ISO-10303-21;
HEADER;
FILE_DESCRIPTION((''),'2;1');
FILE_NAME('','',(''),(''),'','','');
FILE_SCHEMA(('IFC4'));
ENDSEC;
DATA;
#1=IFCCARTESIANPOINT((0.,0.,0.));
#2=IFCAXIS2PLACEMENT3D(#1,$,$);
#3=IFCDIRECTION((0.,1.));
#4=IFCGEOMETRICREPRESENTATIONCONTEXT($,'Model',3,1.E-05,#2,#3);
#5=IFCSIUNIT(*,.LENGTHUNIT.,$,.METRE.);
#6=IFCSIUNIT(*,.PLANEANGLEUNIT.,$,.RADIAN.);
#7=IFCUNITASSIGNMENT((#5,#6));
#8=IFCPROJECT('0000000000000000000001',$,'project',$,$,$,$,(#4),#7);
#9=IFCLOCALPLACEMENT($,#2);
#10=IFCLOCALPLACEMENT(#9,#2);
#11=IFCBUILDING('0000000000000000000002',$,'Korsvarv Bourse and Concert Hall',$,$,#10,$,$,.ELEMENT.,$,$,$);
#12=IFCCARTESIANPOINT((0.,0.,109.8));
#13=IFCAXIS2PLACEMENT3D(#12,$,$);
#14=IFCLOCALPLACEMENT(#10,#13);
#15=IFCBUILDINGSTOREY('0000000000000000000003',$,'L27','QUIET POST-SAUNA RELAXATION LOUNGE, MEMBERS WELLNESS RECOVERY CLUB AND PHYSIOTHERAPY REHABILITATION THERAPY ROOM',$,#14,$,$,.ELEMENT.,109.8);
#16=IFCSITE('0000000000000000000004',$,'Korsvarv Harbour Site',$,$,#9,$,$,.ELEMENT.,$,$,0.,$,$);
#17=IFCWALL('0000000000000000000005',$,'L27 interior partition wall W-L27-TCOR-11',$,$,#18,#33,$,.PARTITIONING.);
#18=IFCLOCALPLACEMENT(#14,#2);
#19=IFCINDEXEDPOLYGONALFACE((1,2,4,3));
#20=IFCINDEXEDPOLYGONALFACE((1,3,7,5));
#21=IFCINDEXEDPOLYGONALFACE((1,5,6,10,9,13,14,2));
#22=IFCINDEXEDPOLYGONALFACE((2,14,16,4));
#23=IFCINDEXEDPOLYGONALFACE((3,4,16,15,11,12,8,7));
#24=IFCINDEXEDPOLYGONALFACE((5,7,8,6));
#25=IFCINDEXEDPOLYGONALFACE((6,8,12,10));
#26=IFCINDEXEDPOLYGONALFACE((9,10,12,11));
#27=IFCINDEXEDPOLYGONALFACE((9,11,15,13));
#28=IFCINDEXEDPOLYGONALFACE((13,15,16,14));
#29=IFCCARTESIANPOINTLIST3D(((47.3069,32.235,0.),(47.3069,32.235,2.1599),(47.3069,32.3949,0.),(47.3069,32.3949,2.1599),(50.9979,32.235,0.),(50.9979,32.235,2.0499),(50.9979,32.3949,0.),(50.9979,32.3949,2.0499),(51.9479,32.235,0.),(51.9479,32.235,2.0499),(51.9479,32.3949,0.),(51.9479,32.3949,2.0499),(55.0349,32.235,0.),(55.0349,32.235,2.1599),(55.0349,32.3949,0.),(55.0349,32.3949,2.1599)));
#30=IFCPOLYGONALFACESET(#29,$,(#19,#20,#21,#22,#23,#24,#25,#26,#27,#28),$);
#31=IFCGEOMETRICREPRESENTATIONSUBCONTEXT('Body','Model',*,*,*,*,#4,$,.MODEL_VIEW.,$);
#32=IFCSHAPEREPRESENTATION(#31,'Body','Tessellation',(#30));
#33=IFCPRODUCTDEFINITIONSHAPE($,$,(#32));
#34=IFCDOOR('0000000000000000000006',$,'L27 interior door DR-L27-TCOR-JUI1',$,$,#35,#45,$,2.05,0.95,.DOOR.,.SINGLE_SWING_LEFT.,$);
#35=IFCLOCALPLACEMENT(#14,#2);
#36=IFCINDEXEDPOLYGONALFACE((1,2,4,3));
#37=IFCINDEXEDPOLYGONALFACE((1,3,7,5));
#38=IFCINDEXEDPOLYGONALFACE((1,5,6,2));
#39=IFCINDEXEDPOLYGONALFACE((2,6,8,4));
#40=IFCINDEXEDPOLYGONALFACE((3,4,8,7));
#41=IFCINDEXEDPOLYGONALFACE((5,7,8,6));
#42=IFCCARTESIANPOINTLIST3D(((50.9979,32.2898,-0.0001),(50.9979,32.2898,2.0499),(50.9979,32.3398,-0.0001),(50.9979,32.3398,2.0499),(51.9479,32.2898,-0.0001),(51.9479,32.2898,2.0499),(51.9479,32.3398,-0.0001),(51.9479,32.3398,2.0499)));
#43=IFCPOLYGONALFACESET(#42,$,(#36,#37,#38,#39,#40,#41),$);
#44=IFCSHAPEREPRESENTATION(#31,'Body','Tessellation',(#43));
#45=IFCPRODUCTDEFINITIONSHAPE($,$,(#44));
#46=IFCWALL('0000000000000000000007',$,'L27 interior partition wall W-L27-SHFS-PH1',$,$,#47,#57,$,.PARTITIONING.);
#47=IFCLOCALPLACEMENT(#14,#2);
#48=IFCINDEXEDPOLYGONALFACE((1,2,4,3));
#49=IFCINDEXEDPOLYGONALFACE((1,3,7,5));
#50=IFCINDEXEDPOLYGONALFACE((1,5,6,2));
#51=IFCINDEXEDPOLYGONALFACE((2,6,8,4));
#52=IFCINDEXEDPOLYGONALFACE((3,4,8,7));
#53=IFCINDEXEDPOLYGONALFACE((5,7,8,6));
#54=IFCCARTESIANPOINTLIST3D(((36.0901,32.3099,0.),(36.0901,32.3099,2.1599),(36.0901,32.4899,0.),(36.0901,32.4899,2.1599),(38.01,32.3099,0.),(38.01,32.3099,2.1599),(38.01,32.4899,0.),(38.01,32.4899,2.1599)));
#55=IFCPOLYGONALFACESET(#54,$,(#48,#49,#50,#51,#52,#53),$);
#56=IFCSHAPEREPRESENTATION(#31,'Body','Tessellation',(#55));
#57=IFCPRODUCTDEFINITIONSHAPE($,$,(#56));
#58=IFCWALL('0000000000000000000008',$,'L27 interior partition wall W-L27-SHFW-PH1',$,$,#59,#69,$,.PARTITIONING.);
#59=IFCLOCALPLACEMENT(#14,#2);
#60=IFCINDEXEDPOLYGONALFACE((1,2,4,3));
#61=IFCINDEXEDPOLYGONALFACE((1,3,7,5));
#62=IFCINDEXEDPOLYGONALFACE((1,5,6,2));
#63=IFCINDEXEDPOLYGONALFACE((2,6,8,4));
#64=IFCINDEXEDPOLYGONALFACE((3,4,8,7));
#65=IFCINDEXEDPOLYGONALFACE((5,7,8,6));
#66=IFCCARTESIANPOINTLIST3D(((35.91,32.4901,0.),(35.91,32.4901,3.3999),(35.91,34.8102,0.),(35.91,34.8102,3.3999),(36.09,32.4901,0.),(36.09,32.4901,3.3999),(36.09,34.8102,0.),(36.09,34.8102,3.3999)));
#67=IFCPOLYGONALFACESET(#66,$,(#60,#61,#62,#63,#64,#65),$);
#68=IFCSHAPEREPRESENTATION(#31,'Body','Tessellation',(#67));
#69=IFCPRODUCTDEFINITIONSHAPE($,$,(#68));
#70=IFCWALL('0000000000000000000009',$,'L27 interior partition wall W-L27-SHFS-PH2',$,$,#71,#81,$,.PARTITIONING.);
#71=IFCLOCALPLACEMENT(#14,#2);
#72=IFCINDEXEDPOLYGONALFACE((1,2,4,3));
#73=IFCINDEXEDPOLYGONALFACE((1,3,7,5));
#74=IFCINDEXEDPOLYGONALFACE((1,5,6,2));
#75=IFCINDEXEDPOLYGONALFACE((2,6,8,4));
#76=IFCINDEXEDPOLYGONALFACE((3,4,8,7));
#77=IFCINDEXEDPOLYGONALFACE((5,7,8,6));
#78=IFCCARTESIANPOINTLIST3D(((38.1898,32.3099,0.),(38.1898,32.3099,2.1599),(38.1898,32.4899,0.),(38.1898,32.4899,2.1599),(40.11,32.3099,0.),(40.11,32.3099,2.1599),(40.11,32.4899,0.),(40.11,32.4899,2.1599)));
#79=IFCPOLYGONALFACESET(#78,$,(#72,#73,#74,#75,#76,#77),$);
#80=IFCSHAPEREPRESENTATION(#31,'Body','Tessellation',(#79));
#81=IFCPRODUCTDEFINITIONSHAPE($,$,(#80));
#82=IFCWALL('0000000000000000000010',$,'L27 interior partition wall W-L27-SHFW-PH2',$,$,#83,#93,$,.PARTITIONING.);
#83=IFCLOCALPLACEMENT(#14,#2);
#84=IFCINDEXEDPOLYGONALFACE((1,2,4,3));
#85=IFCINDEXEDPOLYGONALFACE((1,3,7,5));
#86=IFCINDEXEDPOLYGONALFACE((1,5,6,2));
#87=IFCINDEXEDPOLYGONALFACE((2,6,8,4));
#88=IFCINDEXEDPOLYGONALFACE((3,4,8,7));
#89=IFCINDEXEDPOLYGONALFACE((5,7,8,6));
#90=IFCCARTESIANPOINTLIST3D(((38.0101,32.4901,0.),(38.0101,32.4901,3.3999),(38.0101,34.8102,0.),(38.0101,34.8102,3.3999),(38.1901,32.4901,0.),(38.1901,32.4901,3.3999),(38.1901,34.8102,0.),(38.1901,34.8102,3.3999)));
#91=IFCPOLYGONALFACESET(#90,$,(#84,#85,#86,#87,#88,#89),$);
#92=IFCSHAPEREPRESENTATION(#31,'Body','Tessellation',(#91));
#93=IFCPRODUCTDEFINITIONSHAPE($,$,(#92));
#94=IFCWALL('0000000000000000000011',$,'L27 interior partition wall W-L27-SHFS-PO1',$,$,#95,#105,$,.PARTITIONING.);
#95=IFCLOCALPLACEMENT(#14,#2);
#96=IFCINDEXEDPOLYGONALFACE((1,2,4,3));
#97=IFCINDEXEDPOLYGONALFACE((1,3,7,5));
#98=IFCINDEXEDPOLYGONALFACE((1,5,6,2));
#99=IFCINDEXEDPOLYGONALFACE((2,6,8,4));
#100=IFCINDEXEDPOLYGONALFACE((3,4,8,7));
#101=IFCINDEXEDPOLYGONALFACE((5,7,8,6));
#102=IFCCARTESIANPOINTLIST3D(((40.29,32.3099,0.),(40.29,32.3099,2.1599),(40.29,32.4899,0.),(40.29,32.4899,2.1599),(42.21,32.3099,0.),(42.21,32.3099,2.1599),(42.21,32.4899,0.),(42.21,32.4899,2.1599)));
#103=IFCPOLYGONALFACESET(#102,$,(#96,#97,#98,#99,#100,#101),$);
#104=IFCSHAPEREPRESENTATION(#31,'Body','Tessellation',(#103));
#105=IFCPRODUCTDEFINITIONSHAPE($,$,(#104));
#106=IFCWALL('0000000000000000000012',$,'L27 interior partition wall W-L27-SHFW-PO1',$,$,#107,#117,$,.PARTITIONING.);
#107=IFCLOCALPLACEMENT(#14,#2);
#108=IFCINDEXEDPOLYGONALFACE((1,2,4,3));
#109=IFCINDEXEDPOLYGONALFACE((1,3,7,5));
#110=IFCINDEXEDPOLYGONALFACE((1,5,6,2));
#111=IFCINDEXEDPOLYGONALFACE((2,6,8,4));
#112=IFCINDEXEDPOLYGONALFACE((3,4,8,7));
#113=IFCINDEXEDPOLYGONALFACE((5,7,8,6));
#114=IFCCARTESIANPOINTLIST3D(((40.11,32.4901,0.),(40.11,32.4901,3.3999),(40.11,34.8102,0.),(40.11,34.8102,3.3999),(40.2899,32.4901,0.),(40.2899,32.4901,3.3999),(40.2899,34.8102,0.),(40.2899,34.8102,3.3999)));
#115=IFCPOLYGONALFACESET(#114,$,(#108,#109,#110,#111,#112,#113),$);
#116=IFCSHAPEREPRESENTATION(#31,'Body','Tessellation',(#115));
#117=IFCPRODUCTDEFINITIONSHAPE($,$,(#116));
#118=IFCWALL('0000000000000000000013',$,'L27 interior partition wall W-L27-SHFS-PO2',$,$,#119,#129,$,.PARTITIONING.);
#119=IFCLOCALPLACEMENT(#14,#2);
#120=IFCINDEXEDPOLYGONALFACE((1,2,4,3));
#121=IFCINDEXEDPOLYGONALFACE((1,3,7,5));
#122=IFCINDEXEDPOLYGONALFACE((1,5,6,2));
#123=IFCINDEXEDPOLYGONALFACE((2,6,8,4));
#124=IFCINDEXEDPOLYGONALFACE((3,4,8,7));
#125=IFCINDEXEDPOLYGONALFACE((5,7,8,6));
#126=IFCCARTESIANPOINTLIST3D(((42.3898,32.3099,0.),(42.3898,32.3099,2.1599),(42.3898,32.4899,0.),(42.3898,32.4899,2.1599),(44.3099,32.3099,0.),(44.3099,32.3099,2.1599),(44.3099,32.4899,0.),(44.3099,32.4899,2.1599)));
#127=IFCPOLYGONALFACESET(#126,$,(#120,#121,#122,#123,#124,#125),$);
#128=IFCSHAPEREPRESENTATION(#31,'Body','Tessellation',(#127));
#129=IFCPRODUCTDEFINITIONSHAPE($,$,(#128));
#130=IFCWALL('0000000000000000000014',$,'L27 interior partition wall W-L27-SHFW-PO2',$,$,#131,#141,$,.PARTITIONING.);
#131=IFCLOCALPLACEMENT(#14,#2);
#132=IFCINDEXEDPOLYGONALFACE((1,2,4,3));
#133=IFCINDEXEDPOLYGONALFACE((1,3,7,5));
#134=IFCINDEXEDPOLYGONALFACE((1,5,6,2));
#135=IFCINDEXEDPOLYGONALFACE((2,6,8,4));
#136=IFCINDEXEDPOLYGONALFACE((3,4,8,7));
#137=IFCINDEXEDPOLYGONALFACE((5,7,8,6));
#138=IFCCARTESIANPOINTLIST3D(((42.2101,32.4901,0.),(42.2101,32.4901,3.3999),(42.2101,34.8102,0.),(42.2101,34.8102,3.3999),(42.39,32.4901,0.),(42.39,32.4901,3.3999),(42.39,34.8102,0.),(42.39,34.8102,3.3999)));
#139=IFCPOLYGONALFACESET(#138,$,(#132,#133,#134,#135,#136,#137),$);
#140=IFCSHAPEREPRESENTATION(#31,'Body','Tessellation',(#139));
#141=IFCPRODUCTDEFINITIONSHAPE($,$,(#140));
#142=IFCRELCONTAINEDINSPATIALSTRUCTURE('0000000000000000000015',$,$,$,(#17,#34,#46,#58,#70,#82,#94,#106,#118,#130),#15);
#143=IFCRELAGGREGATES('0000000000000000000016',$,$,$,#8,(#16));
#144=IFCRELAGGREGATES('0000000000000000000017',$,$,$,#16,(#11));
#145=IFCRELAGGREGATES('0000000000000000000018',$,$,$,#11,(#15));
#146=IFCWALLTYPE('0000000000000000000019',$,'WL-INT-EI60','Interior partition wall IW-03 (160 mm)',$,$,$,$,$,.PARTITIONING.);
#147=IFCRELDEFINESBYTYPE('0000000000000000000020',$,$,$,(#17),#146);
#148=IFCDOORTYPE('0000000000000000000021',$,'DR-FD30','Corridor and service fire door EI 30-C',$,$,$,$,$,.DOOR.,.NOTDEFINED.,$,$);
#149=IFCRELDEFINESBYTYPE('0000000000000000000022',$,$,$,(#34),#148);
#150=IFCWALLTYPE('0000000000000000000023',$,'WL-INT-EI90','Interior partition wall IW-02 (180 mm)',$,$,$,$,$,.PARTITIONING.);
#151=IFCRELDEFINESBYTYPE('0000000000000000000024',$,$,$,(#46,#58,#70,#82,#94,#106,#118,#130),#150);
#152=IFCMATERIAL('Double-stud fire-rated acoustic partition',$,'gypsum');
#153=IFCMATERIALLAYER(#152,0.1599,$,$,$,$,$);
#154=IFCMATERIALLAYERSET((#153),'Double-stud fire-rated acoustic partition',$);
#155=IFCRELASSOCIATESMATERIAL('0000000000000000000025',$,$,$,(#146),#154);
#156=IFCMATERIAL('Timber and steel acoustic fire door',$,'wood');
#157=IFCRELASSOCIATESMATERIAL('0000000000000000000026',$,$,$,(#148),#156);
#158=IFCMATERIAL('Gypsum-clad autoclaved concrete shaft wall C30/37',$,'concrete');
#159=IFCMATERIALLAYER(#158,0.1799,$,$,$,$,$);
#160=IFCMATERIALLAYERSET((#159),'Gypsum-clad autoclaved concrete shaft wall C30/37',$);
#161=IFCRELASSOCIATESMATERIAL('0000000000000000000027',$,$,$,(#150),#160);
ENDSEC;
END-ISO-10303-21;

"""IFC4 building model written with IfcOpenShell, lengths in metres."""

from ifc_helpers import new_model, si_unit, direction, frame, frame_2d, origin, place, context, subcontext, project, spatial, rectangle, extrude, material, layer, layer_set, type_object, element, fill, save


model = new_model("IFC4")

# Units and contexts
model_context = context("Model", 3, precision=1e-05, world=origin(), true_north=direction((0.0, 1.0)))
body_context = subcontext(model_context, "Body", "Model", "MODEL_VIEW")
ifc_project = project(units=[si_unit("LENGTHUNIT", "METRE"), si_unit("PLANEANGLEUNIT", "RADIAN")], contexts=[model_context])

# Site, building, storey
site_placement = place(None, origin())
site = spatial("IfcSite", under=ifc_project, at=site_placement, Name="Korsvarv Harbour Site", CompositionType="ELEMENT", RefElevation=0.0)
building_placement = place(site_placement, origin())
building = spatial("IfcBuilding", under=site, at=building_placement, Name="Korsvarv Bourse and Concert Hall", CompositionType="ELEMENT")
storey_placement = place(building_placement, frame((0.0, 0.0, 109.8)))
storey = spatial("IfcBuildingStorey", under=building, at=storey_placement, Name="L27", Description="QUIET POST-SAUNA RELAXATION LOUNGE, MEMBERS WELLNESS RECOVERY CLUB AND PHYSIOTHERAPY REHABILITATION THERAPY ROOM", CompositionType="ELEMENT", Elevation=109.8)

# Shared definitions
ifc_material_1 = material(Name="Double-stud fire-rated acoustic partition", Category="gypsum")
ifc_layer_1 = layer(ifc_material_1, 0.1599)
ifc_layer_set_1 = layer_set([ifc_layer_1], Name="Double-stud fire-rated acoustic partition")
wall_type_1 = type_object("IfcWallType", Name="WL-INT-EI60", Description="Interior partition wall IW-03 (160 mm)", PredefinedType="PARTITIONING", material=ifc_layer_set_1)
ifc_material_2 = material(Name="Timber and steel acoustic fire door", Category="wood")
door_type = type_object("IfcDoorType", Name="DR-FD30", Description="Corridor and service fire door EI 30-C", OperationType="NOTDEFINED", PredefinedType="DOOR", material=ifc_material_2)

# Wall, opening, door
wall_1_placement = place(storey_placement, frame((47.3069, 32.3149, 0.0), z_axis=(0.0, 0.0, 1.0), x_axis=(1.0, 0.0, 0.0)))
wall_1 = element("IfcWall", 1, at=wall_1_placement, inside=storey, type_object=wall_type_1, Name="L27 interior partition wall W-L27-TCOR-11", PredefinedType="PARTITIONING", context=body_context, shape_type="SweptSolid", body=[
    extrude(rectangle(XDim=7.728, YDim=0.1599, at=frame_2d((3.864, 0.0))), origin(), (0.0, 0.0, 1.0), 2.1599),
])
opening_1_placement = place(wall_1_placement, frame((3.6909, 0.0, 0.0)))
opening_1 = element("IfcOpeningElement", 2, at=opening_1_placement, cuts=wall_1, PredefinedType="OPENING", context=body_context, shape_type="SweptSolid", body=[
    extrude(rectangle(XDim=0.95, YDim=2.05, at=frame_2d((0.4751, 1.0249))), frame((0.0, 0.0898, 0.0), z_axis=(0.0, -1.0, 0.0), x_axis=(1.0, 0.0, 0.0)), (0.0, 0.0, 1.0), 0.1799),
])
door_1_placement = place(opening_1_placement, origin())
door_1 = element("IfcDoor", 3, at=door_1_placement, inside=storey, type_object=door_type, Name="L27 interior door DR-L27-TCOR-JUI1", OperationType="SINGLE_SWING_LEFT", OverallHeight=2.05, OverallWidth=0.95, PredefinedType="DOOR", context=body_context, shape_type="SweptSolid", body=[
    extrude(rectangle(XDim=0.95, YDim=2.05, at=frame_2d((0.4751, 1.0249))), frame((0.0, 0.0249, 0.0), z_axis=(0.0, -1.0, 0.0), x_axis=(1.0, 0.0, 0.0)), (0.0, 0.0, 1.0), 0.05),
])
fill(opening_1, door_1)

# Walls
ifc_material_3 = material(Name="Gypsum-clad autoclaved concrete shaft wall C30/37", Category="concrete")
ifc_layer_2 = layer(ifc_material_3, 0.1799)
ifc_layer_set_2 = layer_set([ifc_layer_2], Name="Gypsum-clad autoclaved concrete shaft wall C30/37")
wall_type_2 = type_object("IfcWallType", Name="WL-INT-EI90", Description="Interior partition wall IW-02 (180 mm)", PredefinedType="PARTITIONING", material=ifc_layer_set_2)
wall_2_placement = place(storey_placement, frame((36.0901, 32.3999, 0.0), z_axis=(0.0, 0.0, 1.0), x_axis=(1.0, 0.0, 0.0)))
element("IfcWall", 4, at=wall_2_placement, inside=storey, type_object=wall_type_2, Name="L27 interior partition wall W-L27-SHFS-PH1", PredefinedType="PARTITIONING", context=body_context, shape_type="SweptSolid", body=[
    extrude(rectangle(XDim=1.9199, YDim=0.1799, at=frame_2d((0.96, 0.0))), origin(), (0.0, 0.0, 1.0), 2.1599),
])
wall_3_placement = place(storey_placement, frame((36.0, 32.49, 0.0), z_axis=(0.0, 0.0, 1.0), x_axis=(0.0, 1.0, 0.0)))
element("IfcWall", 5, at=wall_3_placement, inside=storey, type_object=wall_type_2, Name="L27 interior partition wall W-L27-SHFW-PH1", PredefinedType="PARTITIONING", context=body_context, shape_type="SweptSolid", body=[
    extrude(rectangle(XDim=2.3201, YDim=0.1799, at=frame_2d((1.1602, 0.0))), origin(), (0.0, 0.0, 1.0), 3.3999),
])
wall_4_placement = place(storey_placement, frame((38.1899, 32.3999, 0.0), z_axis=(0.0, 0.0, 1.0), x_axis=(1.0, 0.0, 0.0)))
element("IfcWall", 6, at=wall_4_placement, inside=storey, type_object=wall_type_2, Name="L27 interior partition wall W-L27-SHFS-PH2", PredefinedType="PARTITIONING", context=body_context, shape_type="SweptSolid", body=[
    extrude(rectangle(XDim=1.9202, YDim=0.1799, at=frame_2d((0.96, 0.0))), origin(), (0.0, 0.0, 1.0), 2.1599),
])
wall_5_placement = place(storey_placement, frame((38.1001, 32.49, 0.0), z_axis=(0.0, 0.0, 1.0), x_axis=(0.0, 1.0, 0.0)))
element("IfcWall", 7, at=wall_5_placement, inside=storey, type_object=wall_type_2, Name="L27 interior partition wall W-L27-SHFW-PH2", PredefinedType="PARTITIONING", context=body_context, shape_type="SweptSolid", body=[
    extrude(rectangle(XDim=2.3201, YDim=0.1799, at=frame_2d((1.1602, 0.0))), origin(), (0.0, 0.0, 1.0), 3.3999),
])
wall_6_placement = place(storey_placement, frame((40.29, 32.3999, 0.0), z_axis=(0.0, 0.0, 1.0), x_axis=(1.0, 0.0, 0.0)))
element("IfcWall", 8, at=wall_6_placement, inside=storey, type_object=wall_type_2, Name="L27 interior partition wall W-L27-SHFS-PO1", PredefinedType="PARTITIONING", context=body_context, shape_type="SweptSolid", body=[
    extrude(rectangle(XDim=1.9199, YDim=0.1799, at=frame_2d((0.96, 0.0))), origin(), (0.0, 0.0, 1.0), 2.1599),
])
wall_7_placement = place(storey_placement, frame((40.2, 32.49, 0.0), z_axis=(0.0, 0.0, 1.0), x_axis=(0.0, 1.0, 0.0)))
element("IfcWall", 9, at=wall_7_placement, inside=storey, type_object=wall_type_2, Name="L27 interior partition wall W-L27-SHFW-PO1", PredefinedType="PARTITIONING", context=body_context, shape_type="SweptSolid", body=[
    extrude(rectangle(XDim=2.3201, YDim=0.1799, at=frame_2d((1.1602, 0.0))), origin(), (0.0, 0.0, 1.0), 3.3999),
])
wall_8_placement = place(storey_placement, frame((42.3899, 32.3999, 0.0), z_axis=(0.0, 0.0, 1.0), x_axis=(1.0, 0.0, 0.0)))
element("IfcWall", 10, at=wall_8_placement, inside=storey, type_object=wall_type_2, Name="L27 interior partition wall W-L27-SHFS-PO2", PredefinedType="PARTITIONING", context=body_context, shape_type="SweptSolid", body=[
    extrude(rectangle(XDim=1.9202, YDim=0.1799, at=frame_2d((0.96, 0.0))), origin(), (0.0, 0.0, 1.0), 2.1599),
])
wall_9_placement = place(storey_placement, frame((42.3, 32.49, 0.0), z_axis=(0.0, 0.0, 1.0), x_axis=(0.0, 1.0, 0.0)))
element("IfcWall", 11, at=wall_9_placement, inside=storey, type_object=wall_type_2, Name="L27 interior partition wall W-L27-SHFW-PO2", PredefinedType="PARTITIONING", context=body_context, shape_type="SweptSolid", body=[
    extrude(rectangle(XDim=2.3201, YDim=0.1799, at=frame_2d((1.1602, 0.0))), origin(), (0.0, 0.0, 1.0), 3.3999),
])

save(model, "model.ifc")
